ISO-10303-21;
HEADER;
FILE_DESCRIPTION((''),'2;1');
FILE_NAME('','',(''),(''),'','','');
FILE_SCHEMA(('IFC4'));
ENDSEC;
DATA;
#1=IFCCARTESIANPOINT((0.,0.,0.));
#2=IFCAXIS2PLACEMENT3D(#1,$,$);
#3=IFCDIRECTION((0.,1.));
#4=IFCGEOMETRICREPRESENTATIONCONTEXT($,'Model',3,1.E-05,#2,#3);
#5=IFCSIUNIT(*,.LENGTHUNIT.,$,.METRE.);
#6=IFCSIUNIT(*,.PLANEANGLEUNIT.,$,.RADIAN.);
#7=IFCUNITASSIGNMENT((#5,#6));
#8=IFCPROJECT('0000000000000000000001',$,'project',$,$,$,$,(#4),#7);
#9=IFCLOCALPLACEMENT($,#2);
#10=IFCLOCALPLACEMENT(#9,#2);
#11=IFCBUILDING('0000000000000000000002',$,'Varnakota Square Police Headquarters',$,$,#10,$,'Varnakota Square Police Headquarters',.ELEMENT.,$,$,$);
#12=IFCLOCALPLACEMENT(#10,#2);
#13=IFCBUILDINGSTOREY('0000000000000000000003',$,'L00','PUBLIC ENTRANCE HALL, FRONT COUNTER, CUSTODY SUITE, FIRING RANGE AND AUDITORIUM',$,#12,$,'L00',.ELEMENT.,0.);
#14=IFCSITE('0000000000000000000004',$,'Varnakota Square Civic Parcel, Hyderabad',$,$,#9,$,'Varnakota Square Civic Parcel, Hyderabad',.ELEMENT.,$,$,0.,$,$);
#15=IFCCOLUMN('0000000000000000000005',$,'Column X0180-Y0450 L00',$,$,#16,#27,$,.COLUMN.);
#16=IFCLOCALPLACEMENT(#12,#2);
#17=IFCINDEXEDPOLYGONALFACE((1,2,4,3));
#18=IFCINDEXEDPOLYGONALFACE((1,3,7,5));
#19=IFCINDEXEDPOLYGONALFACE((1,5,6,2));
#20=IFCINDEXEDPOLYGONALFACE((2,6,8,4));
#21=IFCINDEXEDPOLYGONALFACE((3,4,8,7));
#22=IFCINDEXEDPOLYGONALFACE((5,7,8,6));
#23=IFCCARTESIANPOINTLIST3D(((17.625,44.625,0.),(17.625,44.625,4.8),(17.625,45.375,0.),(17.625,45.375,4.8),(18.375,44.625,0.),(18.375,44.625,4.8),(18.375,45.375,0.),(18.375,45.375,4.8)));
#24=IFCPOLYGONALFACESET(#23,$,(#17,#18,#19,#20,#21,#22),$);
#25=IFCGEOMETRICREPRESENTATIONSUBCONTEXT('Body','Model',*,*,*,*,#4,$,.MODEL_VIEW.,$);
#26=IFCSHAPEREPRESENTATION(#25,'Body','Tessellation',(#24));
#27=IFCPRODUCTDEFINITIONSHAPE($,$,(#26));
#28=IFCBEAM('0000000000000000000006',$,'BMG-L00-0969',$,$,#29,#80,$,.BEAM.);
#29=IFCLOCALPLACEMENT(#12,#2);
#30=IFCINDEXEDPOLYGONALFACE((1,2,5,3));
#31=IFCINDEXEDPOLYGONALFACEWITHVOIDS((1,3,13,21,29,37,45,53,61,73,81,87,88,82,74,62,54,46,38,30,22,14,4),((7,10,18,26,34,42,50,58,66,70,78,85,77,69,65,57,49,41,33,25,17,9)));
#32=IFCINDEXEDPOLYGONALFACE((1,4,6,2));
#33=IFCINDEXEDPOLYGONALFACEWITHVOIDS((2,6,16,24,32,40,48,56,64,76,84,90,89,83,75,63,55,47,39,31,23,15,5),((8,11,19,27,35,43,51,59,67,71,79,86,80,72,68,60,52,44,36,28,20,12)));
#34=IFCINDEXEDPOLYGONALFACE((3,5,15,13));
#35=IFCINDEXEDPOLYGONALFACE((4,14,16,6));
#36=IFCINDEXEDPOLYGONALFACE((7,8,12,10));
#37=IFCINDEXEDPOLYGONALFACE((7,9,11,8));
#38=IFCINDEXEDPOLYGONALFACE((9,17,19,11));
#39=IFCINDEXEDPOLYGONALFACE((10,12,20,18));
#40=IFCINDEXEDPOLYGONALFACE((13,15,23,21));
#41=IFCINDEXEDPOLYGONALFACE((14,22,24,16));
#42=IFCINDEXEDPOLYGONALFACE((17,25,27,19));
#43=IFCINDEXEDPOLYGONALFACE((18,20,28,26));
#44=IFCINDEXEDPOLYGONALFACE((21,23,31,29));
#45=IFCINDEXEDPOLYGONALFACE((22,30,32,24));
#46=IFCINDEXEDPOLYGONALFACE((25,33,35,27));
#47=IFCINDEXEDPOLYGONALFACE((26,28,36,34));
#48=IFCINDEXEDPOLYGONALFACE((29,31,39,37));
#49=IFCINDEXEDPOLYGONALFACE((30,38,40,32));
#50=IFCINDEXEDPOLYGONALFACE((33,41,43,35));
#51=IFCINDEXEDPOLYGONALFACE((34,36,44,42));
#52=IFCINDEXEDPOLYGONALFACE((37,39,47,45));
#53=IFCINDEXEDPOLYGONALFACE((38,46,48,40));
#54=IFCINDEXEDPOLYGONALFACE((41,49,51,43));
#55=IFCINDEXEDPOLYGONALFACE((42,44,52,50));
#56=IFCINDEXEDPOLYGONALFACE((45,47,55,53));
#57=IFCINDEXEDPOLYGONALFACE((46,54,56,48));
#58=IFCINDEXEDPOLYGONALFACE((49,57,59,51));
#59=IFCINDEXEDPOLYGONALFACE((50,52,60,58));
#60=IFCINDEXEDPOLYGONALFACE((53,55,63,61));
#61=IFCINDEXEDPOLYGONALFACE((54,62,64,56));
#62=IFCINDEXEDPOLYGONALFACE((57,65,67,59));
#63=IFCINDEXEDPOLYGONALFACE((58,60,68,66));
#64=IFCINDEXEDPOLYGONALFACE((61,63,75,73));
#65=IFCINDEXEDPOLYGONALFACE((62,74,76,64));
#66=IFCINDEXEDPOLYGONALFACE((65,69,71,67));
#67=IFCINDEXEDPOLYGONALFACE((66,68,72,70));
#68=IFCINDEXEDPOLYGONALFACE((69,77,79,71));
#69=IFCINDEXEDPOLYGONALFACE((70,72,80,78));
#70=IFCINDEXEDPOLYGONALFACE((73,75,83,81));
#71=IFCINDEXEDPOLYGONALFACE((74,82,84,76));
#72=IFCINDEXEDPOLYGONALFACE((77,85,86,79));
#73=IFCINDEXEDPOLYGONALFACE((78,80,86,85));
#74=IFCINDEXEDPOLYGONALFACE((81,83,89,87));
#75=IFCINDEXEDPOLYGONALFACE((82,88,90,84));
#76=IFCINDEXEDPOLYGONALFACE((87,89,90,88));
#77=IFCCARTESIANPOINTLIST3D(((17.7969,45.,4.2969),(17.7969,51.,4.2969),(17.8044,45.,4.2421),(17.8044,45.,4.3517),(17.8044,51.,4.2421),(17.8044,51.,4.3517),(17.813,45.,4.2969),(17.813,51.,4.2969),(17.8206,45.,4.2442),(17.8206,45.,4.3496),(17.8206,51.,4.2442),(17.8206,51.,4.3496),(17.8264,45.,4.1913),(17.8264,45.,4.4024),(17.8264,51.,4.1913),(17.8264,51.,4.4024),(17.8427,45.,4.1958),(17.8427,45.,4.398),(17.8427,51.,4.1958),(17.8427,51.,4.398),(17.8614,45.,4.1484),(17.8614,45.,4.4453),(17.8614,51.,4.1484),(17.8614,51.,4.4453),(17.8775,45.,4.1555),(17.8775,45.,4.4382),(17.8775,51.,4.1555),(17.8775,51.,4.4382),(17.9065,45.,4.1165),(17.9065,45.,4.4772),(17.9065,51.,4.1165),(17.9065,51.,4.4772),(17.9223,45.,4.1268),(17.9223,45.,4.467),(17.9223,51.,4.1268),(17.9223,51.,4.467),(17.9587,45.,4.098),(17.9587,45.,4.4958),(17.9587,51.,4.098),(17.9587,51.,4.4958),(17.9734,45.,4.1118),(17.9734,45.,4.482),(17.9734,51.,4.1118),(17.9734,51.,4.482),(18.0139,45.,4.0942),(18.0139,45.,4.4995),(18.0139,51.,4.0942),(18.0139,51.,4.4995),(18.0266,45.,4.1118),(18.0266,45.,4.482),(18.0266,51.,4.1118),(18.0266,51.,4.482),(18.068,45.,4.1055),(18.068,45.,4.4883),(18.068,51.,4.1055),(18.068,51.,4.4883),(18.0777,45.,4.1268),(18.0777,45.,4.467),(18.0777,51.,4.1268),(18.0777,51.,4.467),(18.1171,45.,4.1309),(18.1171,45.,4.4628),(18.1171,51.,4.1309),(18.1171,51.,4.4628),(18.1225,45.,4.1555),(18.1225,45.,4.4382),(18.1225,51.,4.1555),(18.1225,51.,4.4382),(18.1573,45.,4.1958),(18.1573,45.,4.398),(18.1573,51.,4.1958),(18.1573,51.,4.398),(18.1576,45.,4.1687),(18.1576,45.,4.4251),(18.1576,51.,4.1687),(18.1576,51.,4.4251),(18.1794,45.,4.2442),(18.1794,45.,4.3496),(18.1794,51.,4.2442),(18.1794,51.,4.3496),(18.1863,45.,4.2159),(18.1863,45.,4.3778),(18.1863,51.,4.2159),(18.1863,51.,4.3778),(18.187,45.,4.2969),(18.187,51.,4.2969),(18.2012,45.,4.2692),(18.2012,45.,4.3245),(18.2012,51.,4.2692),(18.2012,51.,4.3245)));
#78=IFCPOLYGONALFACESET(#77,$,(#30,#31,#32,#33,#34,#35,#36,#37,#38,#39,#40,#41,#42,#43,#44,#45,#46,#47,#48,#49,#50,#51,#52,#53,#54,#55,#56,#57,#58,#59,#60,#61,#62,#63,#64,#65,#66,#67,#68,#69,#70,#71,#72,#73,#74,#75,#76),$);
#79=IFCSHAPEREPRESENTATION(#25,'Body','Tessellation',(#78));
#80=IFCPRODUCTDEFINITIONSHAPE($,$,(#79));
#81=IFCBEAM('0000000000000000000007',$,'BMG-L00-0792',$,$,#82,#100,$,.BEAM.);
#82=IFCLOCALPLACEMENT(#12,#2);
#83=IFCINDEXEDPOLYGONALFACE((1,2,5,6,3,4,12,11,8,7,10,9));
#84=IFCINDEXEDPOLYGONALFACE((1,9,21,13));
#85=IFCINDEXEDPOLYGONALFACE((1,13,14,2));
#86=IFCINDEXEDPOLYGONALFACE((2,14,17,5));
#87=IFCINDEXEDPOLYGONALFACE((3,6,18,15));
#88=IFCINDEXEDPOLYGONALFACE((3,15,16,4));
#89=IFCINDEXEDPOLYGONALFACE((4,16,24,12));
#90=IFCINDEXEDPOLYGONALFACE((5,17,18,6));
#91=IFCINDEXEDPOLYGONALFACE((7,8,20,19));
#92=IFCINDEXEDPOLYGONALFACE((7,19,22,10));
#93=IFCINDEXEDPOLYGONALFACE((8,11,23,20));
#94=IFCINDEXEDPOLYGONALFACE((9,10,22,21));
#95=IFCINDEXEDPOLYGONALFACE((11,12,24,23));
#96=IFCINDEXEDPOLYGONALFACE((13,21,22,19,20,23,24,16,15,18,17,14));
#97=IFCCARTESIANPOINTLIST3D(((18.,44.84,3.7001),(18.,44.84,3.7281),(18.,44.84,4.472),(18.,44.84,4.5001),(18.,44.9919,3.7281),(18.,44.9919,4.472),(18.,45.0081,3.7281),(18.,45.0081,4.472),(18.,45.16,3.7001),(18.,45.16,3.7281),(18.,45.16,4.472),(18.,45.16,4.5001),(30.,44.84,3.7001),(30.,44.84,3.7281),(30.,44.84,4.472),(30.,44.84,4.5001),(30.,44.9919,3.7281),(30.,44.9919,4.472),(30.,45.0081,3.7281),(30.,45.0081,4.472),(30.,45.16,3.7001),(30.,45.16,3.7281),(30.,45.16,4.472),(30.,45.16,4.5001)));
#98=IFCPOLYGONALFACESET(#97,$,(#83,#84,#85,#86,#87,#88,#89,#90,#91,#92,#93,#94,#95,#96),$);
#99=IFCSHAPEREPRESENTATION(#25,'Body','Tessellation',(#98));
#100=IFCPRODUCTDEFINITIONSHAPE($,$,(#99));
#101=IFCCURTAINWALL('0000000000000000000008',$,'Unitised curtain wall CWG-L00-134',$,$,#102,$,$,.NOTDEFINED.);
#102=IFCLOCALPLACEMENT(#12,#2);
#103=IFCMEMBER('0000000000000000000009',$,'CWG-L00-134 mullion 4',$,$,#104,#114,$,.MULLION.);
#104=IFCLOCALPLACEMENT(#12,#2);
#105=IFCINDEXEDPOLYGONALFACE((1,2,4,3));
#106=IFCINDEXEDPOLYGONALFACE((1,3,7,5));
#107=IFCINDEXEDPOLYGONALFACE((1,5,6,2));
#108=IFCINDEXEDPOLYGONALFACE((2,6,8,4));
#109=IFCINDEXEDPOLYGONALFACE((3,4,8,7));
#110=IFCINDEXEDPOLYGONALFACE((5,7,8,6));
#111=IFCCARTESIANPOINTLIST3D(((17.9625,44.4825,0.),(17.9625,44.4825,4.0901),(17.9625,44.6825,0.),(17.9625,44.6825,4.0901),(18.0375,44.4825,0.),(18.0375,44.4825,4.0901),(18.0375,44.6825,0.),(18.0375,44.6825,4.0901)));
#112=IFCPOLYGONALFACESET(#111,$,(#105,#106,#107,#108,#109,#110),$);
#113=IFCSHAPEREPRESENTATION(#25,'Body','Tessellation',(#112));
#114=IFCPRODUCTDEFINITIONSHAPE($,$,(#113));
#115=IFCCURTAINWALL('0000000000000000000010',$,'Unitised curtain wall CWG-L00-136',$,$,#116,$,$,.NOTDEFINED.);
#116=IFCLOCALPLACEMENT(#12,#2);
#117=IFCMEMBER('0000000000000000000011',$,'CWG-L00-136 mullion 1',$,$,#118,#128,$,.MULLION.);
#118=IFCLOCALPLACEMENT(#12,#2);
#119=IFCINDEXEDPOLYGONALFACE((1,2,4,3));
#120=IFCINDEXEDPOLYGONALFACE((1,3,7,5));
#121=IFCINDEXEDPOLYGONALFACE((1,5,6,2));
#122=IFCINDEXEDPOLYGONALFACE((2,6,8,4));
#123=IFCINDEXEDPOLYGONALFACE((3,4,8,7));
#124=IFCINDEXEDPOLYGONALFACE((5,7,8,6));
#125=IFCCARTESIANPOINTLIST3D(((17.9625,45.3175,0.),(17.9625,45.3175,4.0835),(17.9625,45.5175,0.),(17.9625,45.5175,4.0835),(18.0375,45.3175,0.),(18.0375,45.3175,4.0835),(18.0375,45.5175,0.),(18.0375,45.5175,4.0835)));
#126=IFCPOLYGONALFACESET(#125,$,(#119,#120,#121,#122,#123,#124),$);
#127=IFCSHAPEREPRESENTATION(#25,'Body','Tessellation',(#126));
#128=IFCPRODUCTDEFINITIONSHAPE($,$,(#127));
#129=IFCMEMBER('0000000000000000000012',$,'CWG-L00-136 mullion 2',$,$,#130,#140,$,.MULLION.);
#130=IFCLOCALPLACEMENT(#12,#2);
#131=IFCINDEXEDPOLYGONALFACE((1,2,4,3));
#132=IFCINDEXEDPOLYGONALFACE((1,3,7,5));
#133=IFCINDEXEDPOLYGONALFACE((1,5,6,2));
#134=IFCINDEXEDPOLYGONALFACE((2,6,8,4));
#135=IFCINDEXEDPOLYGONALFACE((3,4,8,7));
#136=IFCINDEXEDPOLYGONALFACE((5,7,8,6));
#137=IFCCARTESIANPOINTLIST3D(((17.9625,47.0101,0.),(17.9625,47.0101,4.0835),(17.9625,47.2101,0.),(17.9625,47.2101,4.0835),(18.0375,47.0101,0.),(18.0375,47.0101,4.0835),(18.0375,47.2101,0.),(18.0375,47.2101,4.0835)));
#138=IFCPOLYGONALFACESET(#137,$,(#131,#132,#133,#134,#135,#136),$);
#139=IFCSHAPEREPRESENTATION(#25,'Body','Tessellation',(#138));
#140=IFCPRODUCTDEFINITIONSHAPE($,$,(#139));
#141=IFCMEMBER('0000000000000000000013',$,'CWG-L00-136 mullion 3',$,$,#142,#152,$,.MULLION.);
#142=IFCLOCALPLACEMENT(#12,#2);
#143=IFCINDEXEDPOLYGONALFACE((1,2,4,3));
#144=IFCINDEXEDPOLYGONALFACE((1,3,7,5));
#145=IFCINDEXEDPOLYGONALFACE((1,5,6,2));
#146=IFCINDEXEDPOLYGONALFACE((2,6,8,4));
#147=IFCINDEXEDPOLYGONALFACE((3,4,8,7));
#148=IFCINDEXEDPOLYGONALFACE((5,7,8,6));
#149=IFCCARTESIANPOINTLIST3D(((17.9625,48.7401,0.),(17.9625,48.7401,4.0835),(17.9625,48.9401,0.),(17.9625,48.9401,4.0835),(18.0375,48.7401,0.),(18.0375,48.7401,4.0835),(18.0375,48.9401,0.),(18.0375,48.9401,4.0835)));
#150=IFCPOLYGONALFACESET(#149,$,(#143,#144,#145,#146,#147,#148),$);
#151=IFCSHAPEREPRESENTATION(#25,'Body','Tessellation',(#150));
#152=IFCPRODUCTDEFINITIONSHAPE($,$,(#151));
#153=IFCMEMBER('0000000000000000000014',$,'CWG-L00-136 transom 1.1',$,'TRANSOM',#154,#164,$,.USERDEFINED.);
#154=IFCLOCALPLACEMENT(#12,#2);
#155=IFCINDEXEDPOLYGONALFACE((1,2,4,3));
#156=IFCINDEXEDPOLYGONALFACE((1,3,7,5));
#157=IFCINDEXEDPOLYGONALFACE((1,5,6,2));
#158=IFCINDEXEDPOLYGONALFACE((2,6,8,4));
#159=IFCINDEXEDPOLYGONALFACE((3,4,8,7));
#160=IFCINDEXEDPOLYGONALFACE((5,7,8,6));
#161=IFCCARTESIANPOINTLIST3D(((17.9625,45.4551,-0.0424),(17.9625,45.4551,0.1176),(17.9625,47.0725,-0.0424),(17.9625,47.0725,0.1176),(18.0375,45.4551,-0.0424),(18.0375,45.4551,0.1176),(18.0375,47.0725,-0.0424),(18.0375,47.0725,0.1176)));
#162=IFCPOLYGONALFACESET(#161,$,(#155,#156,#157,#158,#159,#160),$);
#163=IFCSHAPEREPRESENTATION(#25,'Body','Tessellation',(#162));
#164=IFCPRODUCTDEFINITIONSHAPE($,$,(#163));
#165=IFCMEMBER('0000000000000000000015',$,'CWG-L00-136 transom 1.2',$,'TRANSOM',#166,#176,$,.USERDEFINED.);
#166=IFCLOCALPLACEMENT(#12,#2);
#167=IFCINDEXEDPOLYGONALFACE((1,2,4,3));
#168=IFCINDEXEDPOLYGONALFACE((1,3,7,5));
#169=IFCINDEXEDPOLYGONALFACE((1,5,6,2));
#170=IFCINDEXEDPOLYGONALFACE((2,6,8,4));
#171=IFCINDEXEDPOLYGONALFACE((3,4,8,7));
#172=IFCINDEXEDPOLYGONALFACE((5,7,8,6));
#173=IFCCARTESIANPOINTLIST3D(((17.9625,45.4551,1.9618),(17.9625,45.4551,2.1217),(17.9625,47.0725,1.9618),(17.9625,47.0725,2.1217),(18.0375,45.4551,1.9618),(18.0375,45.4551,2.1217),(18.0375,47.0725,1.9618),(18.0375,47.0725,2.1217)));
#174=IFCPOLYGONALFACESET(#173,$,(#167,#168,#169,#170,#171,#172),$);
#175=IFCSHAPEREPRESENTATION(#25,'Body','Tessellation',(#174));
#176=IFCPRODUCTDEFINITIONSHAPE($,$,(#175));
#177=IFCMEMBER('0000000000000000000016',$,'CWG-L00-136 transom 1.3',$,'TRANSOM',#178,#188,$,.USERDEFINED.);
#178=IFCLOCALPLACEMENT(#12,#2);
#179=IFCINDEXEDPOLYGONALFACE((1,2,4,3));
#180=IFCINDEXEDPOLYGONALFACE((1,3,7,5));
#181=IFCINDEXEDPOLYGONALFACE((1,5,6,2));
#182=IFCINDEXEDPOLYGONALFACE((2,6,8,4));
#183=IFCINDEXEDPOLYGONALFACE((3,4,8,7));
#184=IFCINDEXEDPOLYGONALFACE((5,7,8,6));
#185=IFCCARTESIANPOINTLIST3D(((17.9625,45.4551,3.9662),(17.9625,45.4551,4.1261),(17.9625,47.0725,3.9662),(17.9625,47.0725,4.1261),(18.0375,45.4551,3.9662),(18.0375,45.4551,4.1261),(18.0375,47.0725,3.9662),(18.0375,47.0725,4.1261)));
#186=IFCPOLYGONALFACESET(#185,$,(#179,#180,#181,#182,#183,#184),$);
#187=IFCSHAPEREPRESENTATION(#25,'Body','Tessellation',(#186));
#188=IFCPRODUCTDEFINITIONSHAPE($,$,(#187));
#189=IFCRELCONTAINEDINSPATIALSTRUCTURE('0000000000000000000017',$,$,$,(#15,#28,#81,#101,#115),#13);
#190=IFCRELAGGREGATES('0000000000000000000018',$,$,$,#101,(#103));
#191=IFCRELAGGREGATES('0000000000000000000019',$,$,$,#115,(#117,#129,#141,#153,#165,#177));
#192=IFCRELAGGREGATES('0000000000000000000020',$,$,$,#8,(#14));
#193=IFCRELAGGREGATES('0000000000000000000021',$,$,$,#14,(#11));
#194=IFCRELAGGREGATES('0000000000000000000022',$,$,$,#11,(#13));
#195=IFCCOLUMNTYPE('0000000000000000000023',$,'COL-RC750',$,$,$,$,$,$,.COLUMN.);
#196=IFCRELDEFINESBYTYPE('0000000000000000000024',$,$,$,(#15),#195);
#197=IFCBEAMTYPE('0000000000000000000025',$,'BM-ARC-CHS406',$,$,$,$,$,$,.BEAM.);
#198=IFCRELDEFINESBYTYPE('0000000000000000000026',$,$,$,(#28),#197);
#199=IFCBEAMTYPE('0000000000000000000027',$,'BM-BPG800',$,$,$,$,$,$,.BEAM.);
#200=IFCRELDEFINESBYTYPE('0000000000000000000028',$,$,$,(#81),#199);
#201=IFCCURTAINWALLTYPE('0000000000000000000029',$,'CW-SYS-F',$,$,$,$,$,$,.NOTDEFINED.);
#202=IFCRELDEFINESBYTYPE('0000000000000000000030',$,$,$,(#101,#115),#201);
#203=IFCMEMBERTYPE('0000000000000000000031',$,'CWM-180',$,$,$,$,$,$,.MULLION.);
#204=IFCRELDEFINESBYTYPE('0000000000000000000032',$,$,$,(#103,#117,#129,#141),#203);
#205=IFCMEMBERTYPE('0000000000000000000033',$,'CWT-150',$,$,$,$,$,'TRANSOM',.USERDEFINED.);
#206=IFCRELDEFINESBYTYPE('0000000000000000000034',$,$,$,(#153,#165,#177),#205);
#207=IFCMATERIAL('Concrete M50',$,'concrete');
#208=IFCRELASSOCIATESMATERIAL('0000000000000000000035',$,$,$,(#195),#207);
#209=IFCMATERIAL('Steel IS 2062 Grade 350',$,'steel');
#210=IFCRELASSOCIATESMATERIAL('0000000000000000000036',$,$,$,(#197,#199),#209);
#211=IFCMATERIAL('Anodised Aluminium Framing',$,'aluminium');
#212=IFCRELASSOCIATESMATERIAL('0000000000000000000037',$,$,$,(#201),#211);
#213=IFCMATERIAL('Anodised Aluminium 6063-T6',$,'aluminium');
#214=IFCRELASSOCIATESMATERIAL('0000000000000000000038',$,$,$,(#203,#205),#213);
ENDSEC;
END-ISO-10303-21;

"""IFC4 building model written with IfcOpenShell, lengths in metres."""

from ifc_helpers import new_model, si_unit, direction, frame, origin, origin_2d, place, context, subcontext, project, spatial, rectangle, hollow_circle, i_section, extrude, material, material_profile, profile_set, type_object, element, aggregate, save


model = new_model("IFC4")

# Units and contexts
model_context = context("Model", 3, precision=1e-05, world=origin(), true_north=direction((0.0, 1.0)))
body_context = subcontext(model_context, "Body", "Model", "MODEL_VIEW")
ifc_project = project(units=[si_unit("LENGTHUNIT", "METRE"), si_unit("PLANEANGLEUNIT", "RADIAN")], contexts=[model_context])

# Site, building, storey
site_placement = place(None, origin())
site = spatial("IfcSite", under=ifc_project, at=site_placement, Name="Varnakota Square Civic Parcel, Hyderabad", LongName="Varnakota Square Civic Parcel, Hyderabad", CompositionType="ELEMENT", RefElevation=0.0)
building_placement = place(site_placement, origin())
building = spatial("IfcBuilding", under=site, at=building_placement, Name="Varnakota Square Police Headquarters", LongName="Varnakota Square Police Headquarters", CompositionType="ELEMENT")
storey_placement = place(building_placement, origin())
storey = spatial("IfcBuildingStorey", under=building, at=storey_placement, Name="L00", Description="PUBLIC ENTRANCE HALL, FRONT COUNTER, CUSTODY SUITE, FIRING RANGE AND AUDITORIUM", LongName="L00", CompositionType="ELEMENT", Elevation=0.0)

# Column
ifc_material_1 = material(Name="Concrete M50", Category="concrete")
ifc_material_profile_1 = material_profile(ifc_material_1, rectangle(XDim=0.75, YDim=0.75, at=origin_2d()), Name="RC 750x750")
ifc_profile_set_1 = profile_set([ifc_material_profile_1], Name="Concrete M50")
column_type = type_object("IfcColumnType", Name="COL-RC750", PredefinedType="COLUMN", material=ifc_profile_set_1)
column_placement = place(storey_placement, frame((18.0, 45.0, 0.0), z_axis=(0.0, 0.0, 1.0), x_axis=(1.0, 0.0, 0.0)))
element("IfcColumn", 1, at=column_placement, inside=storey, type_object=column_type, Name="Column X0180-Y0450 L00", PredefinedType="COLUMN", context=body_context, shape_type="SweptSolid", body=[
    extrude(rectangle(XDim=0.75, YDim=0.75, at=origin_2d()), origin(), (0.0, 0.0, 1.0), 4.8),
])

# Beams
ifc_material_2 = material(Name="Steel IS 2062 Grade 350", Category="steel")
ifc_material_profile_2 = material_profile(ifc_material_2, hollow_circle(Radius=0.2031, WallThickness=0.0161, at=origin_2d()), Name="CHS 406.4x16.0")
ifc_profile_set_2 = profile_set([ifc_material_profile_2], Name="Steel IS 2062 Grade 350")
beam_type_1 = type_object("IfcBeamType", Name="BM-ARC-CHS406", PredefinedType="BEAM", material=ifc_profile_set_2)
beam_1_placement = place(storey_placement, frame((18.0, 45.0, 4.2969), z_axis=(0.0, 1.0, 0.0), x_axis=(-1.0, 0.0, 0.0)))
element("IfcBeam", 2, at=beam_1_placement, inside=storey, type_object=beam_type_1, Name="BMG-L00-0969", PredefinedType="BEAM", context=body_context, shape_type="SweptSolid", body=[
    extrude(hollow_circle(Radius=0.2031, WallThickness=0.0161, at=origin_2d()), origin(), (0.0, 0.0, 1.0), 6.0),
])
ifc_material_profile_3 = material_profile(ifc_material_2, i_section(OverallWidth=0.3201, OverallDepth=0.8, WebThickness=0.0161, FlangeThickness=0.0281, at=origin_2d()), Name="BPG 800x320")
ifc_profile_set_3 = profile_set([ifc_material_profile_3], Name="Steel IS 2062 Grade 350")
beam_type_2 = type_object("IfcBeamType", Name="BM-BPG800", PredefinedType="BEAM", material=ifc_profile_set_3)
beam_2_placement = place(storey_placement, frame((18.0, 45.0, 4.1001), z_axis=(1.0, 0.0, 0.0), x_axis=(0.0, 1.0, 0.0)))
element("IfcBeam", 3, at=beam_2_placement, inside=storey, type_object=beam_type_2, Name="BMG-L00-0792", PredefinedType="BEAM", context=body_context, shape_type="SweptSolid", body=[
    extrude(i_section(OverallWidth=0.3201, OverallDepth=0.8, WebThickness=0.0161, FlangeThickness=0.0281, at=origin_2d()), origin(), (0.0, 0.0, 1.0), 12.0),
])

# Curtain wall, member
ifc_material_3 = material(Name="Anodised Aluminium Framing", Category="aluminium")
curtain_wall_type = type_object("IfcCurtainWallType", Name="CW-SYS-F", PredefinedType="NOTDEFINED", material=ifc_material_3)
curtain_wall_1_placement = place(storey_placement, origin())
curtain_wall_1 = element("IfcCurtainWall", 4, at=curtain_wall_1_placement, inside=storey, type_object=curtain_wall_type, Name="Unitised curtain wall CWG-L00-134", PredefinedType="NOTDEFINED")
ifc_material_4 = material(Name="Anodised Aluminium 6063-T6", Category="aluminium")
ifc_material_profile_4 = material_profile(ifc_material_4, rectangle(XDim=0.075, YDim=0.2, at=origin_2d()), Name="ALU MULLION 75x200")
ifc_profile_set_4 = profile_set([ifc_material_profile_4], Name="Anodised Aluminium 6063-T6")
member_type_1 = type_object("IfcMemberType", Name="CWM-180", PredefinedType="MULLION", material=ifc_profile_set_4)
member_1_placement = place(storey_placement, frame((18.0, 44.5825, 0.0), z_axis=(0.0, 0.0, 1.0), x_axis=(-1.0, 0.0, 0.0)))
member_1 = element("IfcMember", 5, at=member_1_placement, type_object=member_type_1, Name="CWG-L00-134 mullion 4", PredefinedType="MULLION", context=body_context, shape_type="SweptSolid", body=[
    extrude(rectangle(XDim=0.075, YDim=0.2, at=origin_2d()), origin(), (0.0, 0.0, 1.0), 4.0901),
])

# Curtain wall, members
curtain_wall_2_placement = place(storey_placement, origin())
curtain_wall_2 = element("IfcCurtainWall", 6, at=curtain_wall_2_placement, inside=storey, type_object=curtain_wall_type, Name="Unitised curtain wall CWG-L00-136", PredefinedType="NOTDEFINED")
member_2_placement = place(storey_placement, frame((18.0, 45.4175, 0.0), z_axis=(0.0, 0.0, 1.0), x_axis=(-1.0, 0.0, 0.0)))
member_2 = element("IfcMember", 7, at=member_2_placement, type_object=member_type_1, Name="CWG-L00-136 mullion 1", PredefinedType="MULLION", context=body_context, shape_type="SweptSolid", body=[
    extrude(rectangle(XDim=0.075, YDim=0.2, at=origin_2d()), origin(), (0.0, 0.0, 1.0), 4.0835),
])
member_3_placement = place(storey_placement, frame((18.0, 47.1101, 0.0), z_axis=(0.0, 0.0, 1.0), x_axis=(-1.0, 0.0, 0.0)))
member_3 = element("IfcMember", 8, at=member_3_placement, type_object=member_type_1, Name="CWG-L00-136 mullion 2", PredefinedType="MULLION", context=body_context, shape_type="SweptSolid", body=[
    extrude(rectangle(XDim=0.075, YDim=0.2, at=origin_2d()), origin(), (0.0, 0.0, 1.0), 4.0835),
])
member_4_placement = place(storey_placement, frame((18.0, 48.8401, 0.0), z_axis=(0.0, 0.0, 1.0), x_axis=(-1.0, 0.0, 0.0)))
member_4 = element("IfcMember", 9, at=member_4_placement, type_object=member_type_1, Name="CWG-L00-136 mullion 3", PredefinedType="MULLION", context=body_context, shape_type="SweptSolid", body=[
    extrude(rectangle(XDim=0.075, YDim=0.2, at=origin_2d()), origin(), (0.0, 0.0, 1.0), 4.0835),
])
ifc_material_profile_5 = material_profile(ifc_material_4, rectangle(XDim=0.075, YDim=0.1599, at=origin_2d()), Name="ALU TRANSOM 75x160")
ifc_profile_set_5 = profile_set([ifc_material_profile_5], Name="Anodised Aluminium 6063-T6")
member_type_2 = type_object("IfcMemberType", Name="CWT-150", ElementType="TRANSOM", PredefinedType="USERDEFINED", material=ifc_profile_set_5)
member_5_placement = place(storey_placement, frame((18.0, 45.4551, 0.0376), z_axis=(0.0, 1.0, 0.0), x_axis=(-1.0, 0.0, 0.0)))
member_5 = element("IfcMember", 10, at=member_5_placement, type_object=member_type_2, Name="CWG-L00-136 transom 1.1", ObjectType="TRANSOM", PredefinedType="USERDEFINED", context=body_context, shape_type="SweptSolid", body=[
    extrude(rectangle(XDim=0.075, YDim=0.1599, at=origin_2d()), origin(), (0.0, 0.0, 1.0), 1.6174),
])
member_6_placement = place(storey_placement, frame((18.0, 45.4551, 2.0417), z_axis=(0.0, 1.0, 0.0), x_axis=(-1.0, 0.0, 0.0)))
member_6 = element("IfcMember", 11, at=member_6_placement, type_object=member_type_2, Name="CWG-L00-136 transom 1.2", ObjectType="TRANSOM", PredefinedType="USERDEFINED", context=body_context, shape_type="SweptSolid", body=[
    extrude(rectangle(XDim=0.075, YDim=0.1599, at=origin_2d()), origin(), (0.0, 0.0, 1.0), 1.6174),
])
member_7_placement = place(storey_placement, frame((18.0, 45.4551, 4.0461), z_axis=(0.0, 1.0, 0.0), x_axis=(-1.0, 0.0, 0.0)))
member_7 = element("IfcMember", 12, at=member_7_placement, type_object=member_type_2, Name="CWG-L00-136 transom 1.3", ObjectType="TRANSOM", PredefinedType="USERDEFINED", context=body_context, shape_type="SweptSolid", body=[
    extrude(rectangle(XDim=0.075, YDim=0.1599, at=origin_2d()), origin(), (0.0, 0.0, 1.0), 1.6174),
])

aggregate(curtain_wall_1, [member_1])
aggregate(curtain_wall_2, [member_2, member_3, member_4, member_5, member_6, member_7])

save(model, "model.ifc")
